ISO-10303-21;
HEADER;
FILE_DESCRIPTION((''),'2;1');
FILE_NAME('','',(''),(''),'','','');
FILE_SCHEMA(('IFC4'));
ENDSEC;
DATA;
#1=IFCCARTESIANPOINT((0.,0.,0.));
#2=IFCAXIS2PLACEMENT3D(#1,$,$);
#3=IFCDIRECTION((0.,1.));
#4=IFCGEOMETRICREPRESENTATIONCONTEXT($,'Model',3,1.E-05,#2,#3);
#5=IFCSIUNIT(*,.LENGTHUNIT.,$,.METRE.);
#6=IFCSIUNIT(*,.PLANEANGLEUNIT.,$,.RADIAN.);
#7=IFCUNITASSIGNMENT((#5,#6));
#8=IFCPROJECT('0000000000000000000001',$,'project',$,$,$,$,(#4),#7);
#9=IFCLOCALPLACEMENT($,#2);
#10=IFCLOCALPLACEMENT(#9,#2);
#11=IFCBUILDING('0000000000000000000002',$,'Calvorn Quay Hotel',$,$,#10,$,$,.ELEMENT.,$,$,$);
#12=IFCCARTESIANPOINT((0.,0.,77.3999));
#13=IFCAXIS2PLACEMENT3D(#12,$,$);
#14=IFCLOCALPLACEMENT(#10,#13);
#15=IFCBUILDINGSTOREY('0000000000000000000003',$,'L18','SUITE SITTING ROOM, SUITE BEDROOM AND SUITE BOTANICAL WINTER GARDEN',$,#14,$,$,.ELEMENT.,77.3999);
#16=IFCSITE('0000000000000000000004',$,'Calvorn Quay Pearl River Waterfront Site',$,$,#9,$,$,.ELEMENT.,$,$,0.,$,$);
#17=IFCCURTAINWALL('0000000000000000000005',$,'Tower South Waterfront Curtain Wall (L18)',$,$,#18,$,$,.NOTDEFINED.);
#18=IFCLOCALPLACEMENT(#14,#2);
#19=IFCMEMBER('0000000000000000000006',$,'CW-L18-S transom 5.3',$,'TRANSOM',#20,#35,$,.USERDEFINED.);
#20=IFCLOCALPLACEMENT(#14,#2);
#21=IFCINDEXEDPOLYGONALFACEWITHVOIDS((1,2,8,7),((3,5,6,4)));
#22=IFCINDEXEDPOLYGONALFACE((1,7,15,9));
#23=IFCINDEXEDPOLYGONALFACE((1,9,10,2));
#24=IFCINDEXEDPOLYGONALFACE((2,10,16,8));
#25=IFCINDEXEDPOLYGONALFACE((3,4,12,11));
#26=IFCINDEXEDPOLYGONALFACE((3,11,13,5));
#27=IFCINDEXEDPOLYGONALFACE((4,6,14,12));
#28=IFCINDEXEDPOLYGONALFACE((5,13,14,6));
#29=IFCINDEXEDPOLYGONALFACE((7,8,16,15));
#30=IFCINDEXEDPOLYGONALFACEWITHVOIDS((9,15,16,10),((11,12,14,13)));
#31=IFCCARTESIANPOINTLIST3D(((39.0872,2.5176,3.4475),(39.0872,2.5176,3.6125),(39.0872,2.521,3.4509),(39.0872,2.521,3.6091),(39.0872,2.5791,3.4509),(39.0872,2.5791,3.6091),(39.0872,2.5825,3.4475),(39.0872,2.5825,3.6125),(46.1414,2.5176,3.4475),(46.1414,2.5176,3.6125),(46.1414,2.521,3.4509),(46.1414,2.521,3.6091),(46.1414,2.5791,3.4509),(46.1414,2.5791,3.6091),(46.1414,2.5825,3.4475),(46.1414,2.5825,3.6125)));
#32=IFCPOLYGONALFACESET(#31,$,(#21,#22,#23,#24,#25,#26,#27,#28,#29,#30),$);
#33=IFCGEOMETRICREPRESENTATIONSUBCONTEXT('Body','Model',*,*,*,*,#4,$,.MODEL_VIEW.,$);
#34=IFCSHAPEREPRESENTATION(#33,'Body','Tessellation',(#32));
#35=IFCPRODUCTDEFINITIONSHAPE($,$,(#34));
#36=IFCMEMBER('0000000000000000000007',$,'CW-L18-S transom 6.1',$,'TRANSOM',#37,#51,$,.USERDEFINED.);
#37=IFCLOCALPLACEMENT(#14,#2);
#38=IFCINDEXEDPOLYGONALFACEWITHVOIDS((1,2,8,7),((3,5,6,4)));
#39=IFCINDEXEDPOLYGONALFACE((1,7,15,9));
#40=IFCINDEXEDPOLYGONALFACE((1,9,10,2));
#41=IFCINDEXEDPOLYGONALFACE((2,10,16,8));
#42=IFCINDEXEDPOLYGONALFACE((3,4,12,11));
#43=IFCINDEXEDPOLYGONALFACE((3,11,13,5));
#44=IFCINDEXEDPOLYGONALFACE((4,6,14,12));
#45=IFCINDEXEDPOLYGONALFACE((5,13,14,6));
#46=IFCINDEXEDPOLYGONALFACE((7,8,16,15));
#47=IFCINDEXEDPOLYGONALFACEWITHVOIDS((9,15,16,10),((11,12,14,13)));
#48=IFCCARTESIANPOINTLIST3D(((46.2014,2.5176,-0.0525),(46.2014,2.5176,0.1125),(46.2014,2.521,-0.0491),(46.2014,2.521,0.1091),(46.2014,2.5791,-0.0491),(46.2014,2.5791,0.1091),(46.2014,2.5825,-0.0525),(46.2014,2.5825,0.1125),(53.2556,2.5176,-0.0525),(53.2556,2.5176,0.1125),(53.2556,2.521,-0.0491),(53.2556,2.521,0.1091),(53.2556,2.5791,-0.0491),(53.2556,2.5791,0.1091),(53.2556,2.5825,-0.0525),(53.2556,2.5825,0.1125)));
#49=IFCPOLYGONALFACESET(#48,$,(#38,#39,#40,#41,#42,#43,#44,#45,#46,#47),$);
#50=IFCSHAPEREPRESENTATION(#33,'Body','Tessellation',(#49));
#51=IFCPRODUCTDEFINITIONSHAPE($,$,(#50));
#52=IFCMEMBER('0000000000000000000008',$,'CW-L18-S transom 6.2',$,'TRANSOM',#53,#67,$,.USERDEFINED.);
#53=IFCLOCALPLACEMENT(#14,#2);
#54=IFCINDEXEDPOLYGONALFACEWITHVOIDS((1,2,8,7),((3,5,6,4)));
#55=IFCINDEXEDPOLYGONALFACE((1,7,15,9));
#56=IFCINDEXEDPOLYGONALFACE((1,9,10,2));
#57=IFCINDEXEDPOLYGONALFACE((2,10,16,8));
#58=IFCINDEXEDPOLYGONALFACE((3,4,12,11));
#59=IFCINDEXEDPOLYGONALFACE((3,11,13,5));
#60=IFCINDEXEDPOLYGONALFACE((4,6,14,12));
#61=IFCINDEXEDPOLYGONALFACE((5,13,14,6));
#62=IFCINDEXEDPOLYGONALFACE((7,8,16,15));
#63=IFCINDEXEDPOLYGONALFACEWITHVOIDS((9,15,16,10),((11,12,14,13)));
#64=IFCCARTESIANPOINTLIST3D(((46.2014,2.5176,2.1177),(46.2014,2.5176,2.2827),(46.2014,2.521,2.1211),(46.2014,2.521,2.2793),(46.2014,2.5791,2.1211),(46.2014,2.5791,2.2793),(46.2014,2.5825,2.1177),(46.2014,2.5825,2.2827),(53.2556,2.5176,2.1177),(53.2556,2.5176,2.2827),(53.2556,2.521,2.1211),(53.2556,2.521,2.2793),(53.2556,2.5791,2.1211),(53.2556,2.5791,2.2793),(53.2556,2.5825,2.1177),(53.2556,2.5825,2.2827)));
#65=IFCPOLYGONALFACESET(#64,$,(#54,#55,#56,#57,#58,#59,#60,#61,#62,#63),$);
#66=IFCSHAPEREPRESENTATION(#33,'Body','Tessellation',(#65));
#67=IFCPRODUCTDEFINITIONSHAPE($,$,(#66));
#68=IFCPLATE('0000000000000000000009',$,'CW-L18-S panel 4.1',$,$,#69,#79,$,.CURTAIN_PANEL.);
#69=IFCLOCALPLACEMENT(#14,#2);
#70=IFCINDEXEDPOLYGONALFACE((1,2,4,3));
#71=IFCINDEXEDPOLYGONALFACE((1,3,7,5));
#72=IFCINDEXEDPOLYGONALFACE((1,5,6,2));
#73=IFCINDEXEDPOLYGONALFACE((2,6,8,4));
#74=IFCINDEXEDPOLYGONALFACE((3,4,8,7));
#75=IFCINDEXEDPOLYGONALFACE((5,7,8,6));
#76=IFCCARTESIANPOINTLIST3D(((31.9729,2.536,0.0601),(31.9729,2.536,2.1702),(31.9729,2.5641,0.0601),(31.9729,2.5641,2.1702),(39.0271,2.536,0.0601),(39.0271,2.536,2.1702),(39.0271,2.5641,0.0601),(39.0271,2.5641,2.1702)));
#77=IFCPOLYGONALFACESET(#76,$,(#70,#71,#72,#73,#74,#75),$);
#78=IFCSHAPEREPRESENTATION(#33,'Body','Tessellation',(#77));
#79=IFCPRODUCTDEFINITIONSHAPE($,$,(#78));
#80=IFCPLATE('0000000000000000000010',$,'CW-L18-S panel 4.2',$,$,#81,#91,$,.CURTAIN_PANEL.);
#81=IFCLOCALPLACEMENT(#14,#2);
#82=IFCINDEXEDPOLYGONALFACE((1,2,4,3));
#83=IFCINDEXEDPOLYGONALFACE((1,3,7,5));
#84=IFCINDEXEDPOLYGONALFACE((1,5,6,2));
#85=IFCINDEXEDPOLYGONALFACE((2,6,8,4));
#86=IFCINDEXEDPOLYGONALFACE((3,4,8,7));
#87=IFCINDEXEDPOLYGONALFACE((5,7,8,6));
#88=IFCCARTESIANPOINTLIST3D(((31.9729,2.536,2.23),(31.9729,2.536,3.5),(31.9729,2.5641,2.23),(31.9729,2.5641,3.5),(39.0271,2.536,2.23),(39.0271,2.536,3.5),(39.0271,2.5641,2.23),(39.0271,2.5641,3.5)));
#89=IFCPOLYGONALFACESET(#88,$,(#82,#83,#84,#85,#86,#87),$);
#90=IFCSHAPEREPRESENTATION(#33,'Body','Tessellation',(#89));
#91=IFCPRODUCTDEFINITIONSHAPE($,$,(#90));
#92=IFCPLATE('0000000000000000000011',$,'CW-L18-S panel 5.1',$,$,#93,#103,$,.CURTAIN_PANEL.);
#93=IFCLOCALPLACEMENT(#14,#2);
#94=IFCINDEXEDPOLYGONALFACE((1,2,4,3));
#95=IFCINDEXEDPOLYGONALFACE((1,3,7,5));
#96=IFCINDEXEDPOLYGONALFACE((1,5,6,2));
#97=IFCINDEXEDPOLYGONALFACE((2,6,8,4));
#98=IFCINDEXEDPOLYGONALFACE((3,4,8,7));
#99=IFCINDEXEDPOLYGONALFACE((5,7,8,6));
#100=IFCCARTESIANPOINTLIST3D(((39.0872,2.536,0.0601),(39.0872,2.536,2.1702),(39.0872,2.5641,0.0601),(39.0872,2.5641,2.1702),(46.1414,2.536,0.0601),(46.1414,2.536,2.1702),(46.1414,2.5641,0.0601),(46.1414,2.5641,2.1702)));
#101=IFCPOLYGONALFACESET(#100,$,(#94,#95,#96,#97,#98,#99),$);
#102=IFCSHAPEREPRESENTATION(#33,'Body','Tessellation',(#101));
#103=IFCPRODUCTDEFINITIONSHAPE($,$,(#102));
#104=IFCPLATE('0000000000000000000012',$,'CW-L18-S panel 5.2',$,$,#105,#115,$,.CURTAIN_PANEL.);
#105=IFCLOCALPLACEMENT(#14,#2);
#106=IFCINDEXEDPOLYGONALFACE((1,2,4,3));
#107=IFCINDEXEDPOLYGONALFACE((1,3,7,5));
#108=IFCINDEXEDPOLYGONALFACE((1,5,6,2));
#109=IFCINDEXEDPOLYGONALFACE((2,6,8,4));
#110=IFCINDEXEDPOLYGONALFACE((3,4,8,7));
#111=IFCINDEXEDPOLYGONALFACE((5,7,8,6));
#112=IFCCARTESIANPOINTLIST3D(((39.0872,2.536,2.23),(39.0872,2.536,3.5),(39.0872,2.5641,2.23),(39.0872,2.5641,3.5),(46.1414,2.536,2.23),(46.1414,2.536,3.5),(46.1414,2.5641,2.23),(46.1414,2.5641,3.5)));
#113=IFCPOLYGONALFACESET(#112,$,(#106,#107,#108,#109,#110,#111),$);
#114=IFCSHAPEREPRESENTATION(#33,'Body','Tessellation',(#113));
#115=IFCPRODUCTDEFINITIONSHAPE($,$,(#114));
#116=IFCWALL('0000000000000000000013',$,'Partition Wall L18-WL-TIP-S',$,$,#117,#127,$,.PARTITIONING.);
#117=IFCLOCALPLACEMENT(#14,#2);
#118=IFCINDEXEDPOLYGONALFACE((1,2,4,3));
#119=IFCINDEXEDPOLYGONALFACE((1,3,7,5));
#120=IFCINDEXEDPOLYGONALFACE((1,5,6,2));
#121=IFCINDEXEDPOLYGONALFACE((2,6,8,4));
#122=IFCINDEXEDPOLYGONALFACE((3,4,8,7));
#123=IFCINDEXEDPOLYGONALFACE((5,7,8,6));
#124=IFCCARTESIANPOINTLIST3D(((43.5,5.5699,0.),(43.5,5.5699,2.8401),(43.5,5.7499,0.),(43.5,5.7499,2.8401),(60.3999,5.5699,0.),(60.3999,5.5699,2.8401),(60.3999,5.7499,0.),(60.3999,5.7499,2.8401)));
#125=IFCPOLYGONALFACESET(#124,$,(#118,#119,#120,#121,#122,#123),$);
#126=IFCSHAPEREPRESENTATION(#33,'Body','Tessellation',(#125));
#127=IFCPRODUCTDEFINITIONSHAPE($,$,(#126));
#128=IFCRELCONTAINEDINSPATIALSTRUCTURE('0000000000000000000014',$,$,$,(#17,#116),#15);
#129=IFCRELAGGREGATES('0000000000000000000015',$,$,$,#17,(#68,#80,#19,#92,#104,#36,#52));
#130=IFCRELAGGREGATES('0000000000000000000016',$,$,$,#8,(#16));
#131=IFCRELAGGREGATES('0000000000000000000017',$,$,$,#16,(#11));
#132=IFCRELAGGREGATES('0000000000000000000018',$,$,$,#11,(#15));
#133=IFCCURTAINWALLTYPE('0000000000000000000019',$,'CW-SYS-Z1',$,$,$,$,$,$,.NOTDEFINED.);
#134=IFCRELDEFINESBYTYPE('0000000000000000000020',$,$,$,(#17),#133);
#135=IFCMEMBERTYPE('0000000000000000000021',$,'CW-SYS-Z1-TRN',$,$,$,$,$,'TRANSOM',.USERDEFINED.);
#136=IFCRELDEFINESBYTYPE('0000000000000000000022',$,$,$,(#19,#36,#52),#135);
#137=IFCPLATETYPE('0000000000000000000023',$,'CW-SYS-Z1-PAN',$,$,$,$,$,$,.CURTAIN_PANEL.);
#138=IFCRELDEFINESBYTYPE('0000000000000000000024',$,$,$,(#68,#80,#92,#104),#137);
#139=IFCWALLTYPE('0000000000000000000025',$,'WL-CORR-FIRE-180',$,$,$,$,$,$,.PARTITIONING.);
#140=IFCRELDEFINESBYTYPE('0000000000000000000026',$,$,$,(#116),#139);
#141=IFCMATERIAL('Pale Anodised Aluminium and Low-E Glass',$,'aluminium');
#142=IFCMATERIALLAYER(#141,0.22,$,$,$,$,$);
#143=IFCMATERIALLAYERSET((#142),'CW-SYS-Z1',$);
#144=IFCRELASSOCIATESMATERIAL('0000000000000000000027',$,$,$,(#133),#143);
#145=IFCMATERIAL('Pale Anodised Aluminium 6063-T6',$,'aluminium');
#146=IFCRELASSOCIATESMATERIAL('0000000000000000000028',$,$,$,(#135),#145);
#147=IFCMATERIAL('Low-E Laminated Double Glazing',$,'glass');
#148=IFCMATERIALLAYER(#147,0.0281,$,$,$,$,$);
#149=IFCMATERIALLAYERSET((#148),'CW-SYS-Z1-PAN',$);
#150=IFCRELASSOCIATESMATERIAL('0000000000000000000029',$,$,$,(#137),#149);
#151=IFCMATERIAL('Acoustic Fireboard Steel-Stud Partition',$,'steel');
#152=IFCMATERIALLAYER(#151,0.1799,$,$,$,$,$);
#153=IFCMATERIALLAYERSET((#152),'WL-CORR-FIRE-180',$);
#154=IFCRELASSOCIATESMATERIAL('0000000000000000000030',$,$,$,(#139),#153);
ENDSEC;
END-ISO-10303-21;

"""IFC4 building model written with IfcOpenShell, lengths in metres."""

from ifc_helpers import new_model, si_unit, direction, frame, frame_2d, origin, origin_2d, place, context, subcontext, project, spatial, rectangle, hollow_rectangle, extrude, material, layer, layer_set, material_profile, profile_set, type_object, element, aggregate, save


model = new_model("IFC4")

# Units and contexts
model_context = context("Model", 3, precision=1e-05, world=origin(), true_north=direction((0.0, 1.0)))
body_context = subcontext(model_context, "Body", "Model", "MODEL_VIEW")
ifc_project = project(units=[si_unit("LENGTHUNIT", "METRE"), si_unit("PLANEANGLEUNIT", "RADIAN")], contexts=[model_context])

# Site, building, storey
site_placement = place(None, origin())
site = spatial("IfcSite", under=ifc_project, at=site_placement, Name="Calvorn Quay Pearl River Waterfront Site", CompositionType="ELEMENT", RefElevation=0.0)
building_placement = place(site_placement, origin())
building = spatial("IfcBuilding", under=site, at=building_placement, Name="Calvorn Quay Hotel", CompositionType="ELEMENT")
storey_placement = place(building_placement, frame((0.0, 0.0, 77.3999)))
storey = spatial("IfcBuildingStorey", under=building, at=storey_placement, Name="L18", Description="SUITE SITTING ROOM, SUITE BEDROOM AND SUITE BOTANICAL WINTER GARDEN", CompositionType="ELEMENT", Elevation=77.3999)

# Curtain wall, members, plates
ifc_material_1 = material(Name="Pale Anodised Aluminium and Low-E Glass", Category="aluminium")
ifc_layer_1 = layer(ifc_material_1, 0.22)
ifc_layer_set_1 = layer_set([ifc_layer_1], Name="CW-SYS-Z1")
curtain_wall_type = type_object("IfcCurtainWallType", Name="CW-SYS-Z1", PredefinedType="NOTDEFINED", material=ifc_layer_set_1)
curtain_wall_placement = place(storey_placement, origin())
curtain_wall = element("IfcCurtainWall", 1, at=curtain_wall_placement, inside=storey, type_object=curtain_wall_type, Name="Tower South Waterfront Curtain Wall (L18)", PredefinedType="NOTDEFINED")
ifc_material_2 = material(Name="Pale Anodised Aluminium 6063-T6", Category="aluminium")
ifc_material_profile_1 = material_profile(ifc_material_2, hollow_rectangle(XDim=0.0649, YDim=0.165, WallThickness=0.0034, at=origin_2d()), Name="ALU-T165x65x3.5")
ifc_profile_set_1 = profile_set([ifc_material_profile_1], Name="Pale Anodised Aluminium 6063-T6")
member_type_1 = type_object("IfcMemberType", Name="CW-SYS-Z1-TRN", ElementType="TRANSOM", PredefinedType="USERDEFINED", material=ifc_profile_set_1)
member_1_placement = place(storey_placement, frame((39.0872, 2.55, 3.53), z_axis=(1.0, 0.0, 0.0), x_axis=(0.0, 1.0, 0.0)))
member_1 = element("IfcMember", 2, at=member_1_placement, type_object=member_type_1, Name="CW-L18-S transom 5.3", ObjectType="TRANSOM", PredefinedType="USERDEFINED", context=body_context, shape_type="SweptSolid", body=[
    extrude(hollow_rectangle(XDim=0.0649, YDim=0.165, WallThickness=0.0034, at=origin_2d()), origin(), (0.0, 0.0, 1.0), 7.0542),
])
member_2_placement = place(storey_placement, frame((46.2014, 2.55, 0.03), z_axis=(1.0, 0.0, 0.0), x_axis=(0.0, 1.0, 0.0)))
member_2 = element("IfcMember", 3, at=member_2_placement, type_object=member_type_1, Name="CW-L18-S transom 6.1", ObjectType="TRANSOM", PredefinedType="USERDEFINED", context=body_context, shape_type="SweptSolid", body=[
    extrude(hollow_rectangle(XDim=0.0649, YDim=0.165, WallThickness=0.0034, at=origin_2d()), origin(), (0.0, 0.0, 1.0), 7.0542),
])
member_3_placement = place(storey_placement, frame((46.2014, 2.55, 2.2002), z_axis=(1.0, 0.0, 0.0), x_axis=(0.0, 1.0, 0.0)))
member_3 = element("IfcMember", 4, at=member_3_placement, type_object=member_type_1, Name="CW-L18-S transom 6.2", ObjectType="TRANSOM", PredefinedType="USERDEFINED", context=body_context, shape_type="SweptSolid", body=[
    extrude(hollow_rectangle(XDim=0.0649, YDim=0.165, WallThickness=0.0034, at=origin_2d()), origin(), (0.0, 0.0, 1.0), 7.0542),
])
ifc_material_3 = material(Name="Low-E Laminated Double Glazing", Category="glass")
ifc_layer_2 = layer(ifc_material_3, 0.0281)
ifc_layer_set_2 = layer_set([ifc_layer_2], Name="CW-SYS-Z1-PAN")
plate_type = type_object("IfcPlateType", Name="CW-SYS-Z1-PAN", PredefinedType="CURTAIN_PANEL", material=ifc_layer_set_2)
plate_1_placement = place(storey_placement, frame((35.5, 2.55, 0.0601), z_axis=(0.0, 0.0, 1.0), x_axis=(1.0, 0.0, 0.0)))
plate_1 = element("IfcPlate", 5, at=plate_1_placement, type_object=plate_type, Name="CW-L18-S panel 4.1", PredefinedType="CURTAIN_PANEL", context=body_context, shape_type="SweptSolid", body=[
    extrude(rectangle(XDim=7.0542, YDim=0.0281, at=origin_2d()), origin(), (0.0, 0.0, 1.0), 2.1101),
])
plate_2_placement = place(storey_placement, frame((35.5, 2.55, 2.23), z_axis=(0.0, 0.0, 1.0), x_axis=(1.0, 0.0, 0.0)))
plate_2 = element("IfcPlate", 6, at=plate_2_placement, type_object=plate_type, Name="CW-L18-S panel 4.2", PredefinedType="CURTAIN_PANEL", context=body_context, shape_type="SweptSolid", body=[
    extrude(rectangle(XDim=7.0542, YDim=0.0281, at=origin_2d()), origin(), (0.0, 0.0, 1.0), 1.27),
])
plate_3_placement = place(storey_placement, frame((42.6143, 2.55, 0.0601), z_axis=(0.0, 0.0, 1.0), x_axis=(1.0, 0.0, 0.0)))
plate_3 = element("IfcPlate", 7, at=plate_3_placement, type_object=plate_type, Name="CW-L18-S panel 5.1", PredefinedType="CURTAIN_PANEL", context=body_context, shape_type="SweptSolid", body=[
    extrude(rectangle(XDim=7.0542, YDim=0.0281, at=origin_2d()), origin(), (0.0, 0.0, 1.0), 2.1101),
])
plate_4_placement = place(storey_placement, frame((42.6143, 2.55, 2.23), z_axis=(0.0, 0.0, 1.0), x_axis=(1.0, 0.0, 0.0)))
plate_4 = element("IfcPlate", 8, at=plate_4_placement, type_object=plate_type, Name="CW-L18-S panel 5.2", PredefinedType="CURTAIN_PANEL", context=body_context, shape_type="SweptSolid", body=[
    extrude(rectangle(XDim=7.0542, YDim=0.0281, at=origin_2d()), origin(), (0.0, 0.0, 1.0), 1.27),
])
aggregate(curtain_wall, [plate_1, plate_2, member_1, plate_3, plate_4, member_2, member_3])

# Wall
ifc_material_4 = material(Name="Acoustic Fireboard Steel-Stud Partition", Category="steel")
ifc_layer_3 = layer(ifc_material_4, 0.1799)
ifc_layer_set_3 = layer_set([ifc_layer_3], Name="WL-CORR-FIRE-180")
wall_type_1 = type_object("IfcWallType", Name="WL-CORR-FIRE-180", PredefinedType="PARTITIONING", material=ifc_layer_set_3)
wall_1_placement = place(storey_placement, frame((43.5, 5.6599, 0.0), z_axis=(0.0, 0.0, 1.0), x_axis=(1.0, 0.0, 0.0)))
element("IfcWall", 9, at=wall_1_placement, inside=storey, type_object=wall_type_1, Name="Partition Wall L18-WL-TIP-S", PredefinedType="PARTITIONING", context=body_context, shape_type="SweptSolid", body=[
    extrude(rectangle(XDim=16.8999, YDim=0.1799, at=frame_2d((8.45, 0.0))), origin(), (0.0, 0.0, 1.0), 2.8401),
])

save(model, "model.ifc")
